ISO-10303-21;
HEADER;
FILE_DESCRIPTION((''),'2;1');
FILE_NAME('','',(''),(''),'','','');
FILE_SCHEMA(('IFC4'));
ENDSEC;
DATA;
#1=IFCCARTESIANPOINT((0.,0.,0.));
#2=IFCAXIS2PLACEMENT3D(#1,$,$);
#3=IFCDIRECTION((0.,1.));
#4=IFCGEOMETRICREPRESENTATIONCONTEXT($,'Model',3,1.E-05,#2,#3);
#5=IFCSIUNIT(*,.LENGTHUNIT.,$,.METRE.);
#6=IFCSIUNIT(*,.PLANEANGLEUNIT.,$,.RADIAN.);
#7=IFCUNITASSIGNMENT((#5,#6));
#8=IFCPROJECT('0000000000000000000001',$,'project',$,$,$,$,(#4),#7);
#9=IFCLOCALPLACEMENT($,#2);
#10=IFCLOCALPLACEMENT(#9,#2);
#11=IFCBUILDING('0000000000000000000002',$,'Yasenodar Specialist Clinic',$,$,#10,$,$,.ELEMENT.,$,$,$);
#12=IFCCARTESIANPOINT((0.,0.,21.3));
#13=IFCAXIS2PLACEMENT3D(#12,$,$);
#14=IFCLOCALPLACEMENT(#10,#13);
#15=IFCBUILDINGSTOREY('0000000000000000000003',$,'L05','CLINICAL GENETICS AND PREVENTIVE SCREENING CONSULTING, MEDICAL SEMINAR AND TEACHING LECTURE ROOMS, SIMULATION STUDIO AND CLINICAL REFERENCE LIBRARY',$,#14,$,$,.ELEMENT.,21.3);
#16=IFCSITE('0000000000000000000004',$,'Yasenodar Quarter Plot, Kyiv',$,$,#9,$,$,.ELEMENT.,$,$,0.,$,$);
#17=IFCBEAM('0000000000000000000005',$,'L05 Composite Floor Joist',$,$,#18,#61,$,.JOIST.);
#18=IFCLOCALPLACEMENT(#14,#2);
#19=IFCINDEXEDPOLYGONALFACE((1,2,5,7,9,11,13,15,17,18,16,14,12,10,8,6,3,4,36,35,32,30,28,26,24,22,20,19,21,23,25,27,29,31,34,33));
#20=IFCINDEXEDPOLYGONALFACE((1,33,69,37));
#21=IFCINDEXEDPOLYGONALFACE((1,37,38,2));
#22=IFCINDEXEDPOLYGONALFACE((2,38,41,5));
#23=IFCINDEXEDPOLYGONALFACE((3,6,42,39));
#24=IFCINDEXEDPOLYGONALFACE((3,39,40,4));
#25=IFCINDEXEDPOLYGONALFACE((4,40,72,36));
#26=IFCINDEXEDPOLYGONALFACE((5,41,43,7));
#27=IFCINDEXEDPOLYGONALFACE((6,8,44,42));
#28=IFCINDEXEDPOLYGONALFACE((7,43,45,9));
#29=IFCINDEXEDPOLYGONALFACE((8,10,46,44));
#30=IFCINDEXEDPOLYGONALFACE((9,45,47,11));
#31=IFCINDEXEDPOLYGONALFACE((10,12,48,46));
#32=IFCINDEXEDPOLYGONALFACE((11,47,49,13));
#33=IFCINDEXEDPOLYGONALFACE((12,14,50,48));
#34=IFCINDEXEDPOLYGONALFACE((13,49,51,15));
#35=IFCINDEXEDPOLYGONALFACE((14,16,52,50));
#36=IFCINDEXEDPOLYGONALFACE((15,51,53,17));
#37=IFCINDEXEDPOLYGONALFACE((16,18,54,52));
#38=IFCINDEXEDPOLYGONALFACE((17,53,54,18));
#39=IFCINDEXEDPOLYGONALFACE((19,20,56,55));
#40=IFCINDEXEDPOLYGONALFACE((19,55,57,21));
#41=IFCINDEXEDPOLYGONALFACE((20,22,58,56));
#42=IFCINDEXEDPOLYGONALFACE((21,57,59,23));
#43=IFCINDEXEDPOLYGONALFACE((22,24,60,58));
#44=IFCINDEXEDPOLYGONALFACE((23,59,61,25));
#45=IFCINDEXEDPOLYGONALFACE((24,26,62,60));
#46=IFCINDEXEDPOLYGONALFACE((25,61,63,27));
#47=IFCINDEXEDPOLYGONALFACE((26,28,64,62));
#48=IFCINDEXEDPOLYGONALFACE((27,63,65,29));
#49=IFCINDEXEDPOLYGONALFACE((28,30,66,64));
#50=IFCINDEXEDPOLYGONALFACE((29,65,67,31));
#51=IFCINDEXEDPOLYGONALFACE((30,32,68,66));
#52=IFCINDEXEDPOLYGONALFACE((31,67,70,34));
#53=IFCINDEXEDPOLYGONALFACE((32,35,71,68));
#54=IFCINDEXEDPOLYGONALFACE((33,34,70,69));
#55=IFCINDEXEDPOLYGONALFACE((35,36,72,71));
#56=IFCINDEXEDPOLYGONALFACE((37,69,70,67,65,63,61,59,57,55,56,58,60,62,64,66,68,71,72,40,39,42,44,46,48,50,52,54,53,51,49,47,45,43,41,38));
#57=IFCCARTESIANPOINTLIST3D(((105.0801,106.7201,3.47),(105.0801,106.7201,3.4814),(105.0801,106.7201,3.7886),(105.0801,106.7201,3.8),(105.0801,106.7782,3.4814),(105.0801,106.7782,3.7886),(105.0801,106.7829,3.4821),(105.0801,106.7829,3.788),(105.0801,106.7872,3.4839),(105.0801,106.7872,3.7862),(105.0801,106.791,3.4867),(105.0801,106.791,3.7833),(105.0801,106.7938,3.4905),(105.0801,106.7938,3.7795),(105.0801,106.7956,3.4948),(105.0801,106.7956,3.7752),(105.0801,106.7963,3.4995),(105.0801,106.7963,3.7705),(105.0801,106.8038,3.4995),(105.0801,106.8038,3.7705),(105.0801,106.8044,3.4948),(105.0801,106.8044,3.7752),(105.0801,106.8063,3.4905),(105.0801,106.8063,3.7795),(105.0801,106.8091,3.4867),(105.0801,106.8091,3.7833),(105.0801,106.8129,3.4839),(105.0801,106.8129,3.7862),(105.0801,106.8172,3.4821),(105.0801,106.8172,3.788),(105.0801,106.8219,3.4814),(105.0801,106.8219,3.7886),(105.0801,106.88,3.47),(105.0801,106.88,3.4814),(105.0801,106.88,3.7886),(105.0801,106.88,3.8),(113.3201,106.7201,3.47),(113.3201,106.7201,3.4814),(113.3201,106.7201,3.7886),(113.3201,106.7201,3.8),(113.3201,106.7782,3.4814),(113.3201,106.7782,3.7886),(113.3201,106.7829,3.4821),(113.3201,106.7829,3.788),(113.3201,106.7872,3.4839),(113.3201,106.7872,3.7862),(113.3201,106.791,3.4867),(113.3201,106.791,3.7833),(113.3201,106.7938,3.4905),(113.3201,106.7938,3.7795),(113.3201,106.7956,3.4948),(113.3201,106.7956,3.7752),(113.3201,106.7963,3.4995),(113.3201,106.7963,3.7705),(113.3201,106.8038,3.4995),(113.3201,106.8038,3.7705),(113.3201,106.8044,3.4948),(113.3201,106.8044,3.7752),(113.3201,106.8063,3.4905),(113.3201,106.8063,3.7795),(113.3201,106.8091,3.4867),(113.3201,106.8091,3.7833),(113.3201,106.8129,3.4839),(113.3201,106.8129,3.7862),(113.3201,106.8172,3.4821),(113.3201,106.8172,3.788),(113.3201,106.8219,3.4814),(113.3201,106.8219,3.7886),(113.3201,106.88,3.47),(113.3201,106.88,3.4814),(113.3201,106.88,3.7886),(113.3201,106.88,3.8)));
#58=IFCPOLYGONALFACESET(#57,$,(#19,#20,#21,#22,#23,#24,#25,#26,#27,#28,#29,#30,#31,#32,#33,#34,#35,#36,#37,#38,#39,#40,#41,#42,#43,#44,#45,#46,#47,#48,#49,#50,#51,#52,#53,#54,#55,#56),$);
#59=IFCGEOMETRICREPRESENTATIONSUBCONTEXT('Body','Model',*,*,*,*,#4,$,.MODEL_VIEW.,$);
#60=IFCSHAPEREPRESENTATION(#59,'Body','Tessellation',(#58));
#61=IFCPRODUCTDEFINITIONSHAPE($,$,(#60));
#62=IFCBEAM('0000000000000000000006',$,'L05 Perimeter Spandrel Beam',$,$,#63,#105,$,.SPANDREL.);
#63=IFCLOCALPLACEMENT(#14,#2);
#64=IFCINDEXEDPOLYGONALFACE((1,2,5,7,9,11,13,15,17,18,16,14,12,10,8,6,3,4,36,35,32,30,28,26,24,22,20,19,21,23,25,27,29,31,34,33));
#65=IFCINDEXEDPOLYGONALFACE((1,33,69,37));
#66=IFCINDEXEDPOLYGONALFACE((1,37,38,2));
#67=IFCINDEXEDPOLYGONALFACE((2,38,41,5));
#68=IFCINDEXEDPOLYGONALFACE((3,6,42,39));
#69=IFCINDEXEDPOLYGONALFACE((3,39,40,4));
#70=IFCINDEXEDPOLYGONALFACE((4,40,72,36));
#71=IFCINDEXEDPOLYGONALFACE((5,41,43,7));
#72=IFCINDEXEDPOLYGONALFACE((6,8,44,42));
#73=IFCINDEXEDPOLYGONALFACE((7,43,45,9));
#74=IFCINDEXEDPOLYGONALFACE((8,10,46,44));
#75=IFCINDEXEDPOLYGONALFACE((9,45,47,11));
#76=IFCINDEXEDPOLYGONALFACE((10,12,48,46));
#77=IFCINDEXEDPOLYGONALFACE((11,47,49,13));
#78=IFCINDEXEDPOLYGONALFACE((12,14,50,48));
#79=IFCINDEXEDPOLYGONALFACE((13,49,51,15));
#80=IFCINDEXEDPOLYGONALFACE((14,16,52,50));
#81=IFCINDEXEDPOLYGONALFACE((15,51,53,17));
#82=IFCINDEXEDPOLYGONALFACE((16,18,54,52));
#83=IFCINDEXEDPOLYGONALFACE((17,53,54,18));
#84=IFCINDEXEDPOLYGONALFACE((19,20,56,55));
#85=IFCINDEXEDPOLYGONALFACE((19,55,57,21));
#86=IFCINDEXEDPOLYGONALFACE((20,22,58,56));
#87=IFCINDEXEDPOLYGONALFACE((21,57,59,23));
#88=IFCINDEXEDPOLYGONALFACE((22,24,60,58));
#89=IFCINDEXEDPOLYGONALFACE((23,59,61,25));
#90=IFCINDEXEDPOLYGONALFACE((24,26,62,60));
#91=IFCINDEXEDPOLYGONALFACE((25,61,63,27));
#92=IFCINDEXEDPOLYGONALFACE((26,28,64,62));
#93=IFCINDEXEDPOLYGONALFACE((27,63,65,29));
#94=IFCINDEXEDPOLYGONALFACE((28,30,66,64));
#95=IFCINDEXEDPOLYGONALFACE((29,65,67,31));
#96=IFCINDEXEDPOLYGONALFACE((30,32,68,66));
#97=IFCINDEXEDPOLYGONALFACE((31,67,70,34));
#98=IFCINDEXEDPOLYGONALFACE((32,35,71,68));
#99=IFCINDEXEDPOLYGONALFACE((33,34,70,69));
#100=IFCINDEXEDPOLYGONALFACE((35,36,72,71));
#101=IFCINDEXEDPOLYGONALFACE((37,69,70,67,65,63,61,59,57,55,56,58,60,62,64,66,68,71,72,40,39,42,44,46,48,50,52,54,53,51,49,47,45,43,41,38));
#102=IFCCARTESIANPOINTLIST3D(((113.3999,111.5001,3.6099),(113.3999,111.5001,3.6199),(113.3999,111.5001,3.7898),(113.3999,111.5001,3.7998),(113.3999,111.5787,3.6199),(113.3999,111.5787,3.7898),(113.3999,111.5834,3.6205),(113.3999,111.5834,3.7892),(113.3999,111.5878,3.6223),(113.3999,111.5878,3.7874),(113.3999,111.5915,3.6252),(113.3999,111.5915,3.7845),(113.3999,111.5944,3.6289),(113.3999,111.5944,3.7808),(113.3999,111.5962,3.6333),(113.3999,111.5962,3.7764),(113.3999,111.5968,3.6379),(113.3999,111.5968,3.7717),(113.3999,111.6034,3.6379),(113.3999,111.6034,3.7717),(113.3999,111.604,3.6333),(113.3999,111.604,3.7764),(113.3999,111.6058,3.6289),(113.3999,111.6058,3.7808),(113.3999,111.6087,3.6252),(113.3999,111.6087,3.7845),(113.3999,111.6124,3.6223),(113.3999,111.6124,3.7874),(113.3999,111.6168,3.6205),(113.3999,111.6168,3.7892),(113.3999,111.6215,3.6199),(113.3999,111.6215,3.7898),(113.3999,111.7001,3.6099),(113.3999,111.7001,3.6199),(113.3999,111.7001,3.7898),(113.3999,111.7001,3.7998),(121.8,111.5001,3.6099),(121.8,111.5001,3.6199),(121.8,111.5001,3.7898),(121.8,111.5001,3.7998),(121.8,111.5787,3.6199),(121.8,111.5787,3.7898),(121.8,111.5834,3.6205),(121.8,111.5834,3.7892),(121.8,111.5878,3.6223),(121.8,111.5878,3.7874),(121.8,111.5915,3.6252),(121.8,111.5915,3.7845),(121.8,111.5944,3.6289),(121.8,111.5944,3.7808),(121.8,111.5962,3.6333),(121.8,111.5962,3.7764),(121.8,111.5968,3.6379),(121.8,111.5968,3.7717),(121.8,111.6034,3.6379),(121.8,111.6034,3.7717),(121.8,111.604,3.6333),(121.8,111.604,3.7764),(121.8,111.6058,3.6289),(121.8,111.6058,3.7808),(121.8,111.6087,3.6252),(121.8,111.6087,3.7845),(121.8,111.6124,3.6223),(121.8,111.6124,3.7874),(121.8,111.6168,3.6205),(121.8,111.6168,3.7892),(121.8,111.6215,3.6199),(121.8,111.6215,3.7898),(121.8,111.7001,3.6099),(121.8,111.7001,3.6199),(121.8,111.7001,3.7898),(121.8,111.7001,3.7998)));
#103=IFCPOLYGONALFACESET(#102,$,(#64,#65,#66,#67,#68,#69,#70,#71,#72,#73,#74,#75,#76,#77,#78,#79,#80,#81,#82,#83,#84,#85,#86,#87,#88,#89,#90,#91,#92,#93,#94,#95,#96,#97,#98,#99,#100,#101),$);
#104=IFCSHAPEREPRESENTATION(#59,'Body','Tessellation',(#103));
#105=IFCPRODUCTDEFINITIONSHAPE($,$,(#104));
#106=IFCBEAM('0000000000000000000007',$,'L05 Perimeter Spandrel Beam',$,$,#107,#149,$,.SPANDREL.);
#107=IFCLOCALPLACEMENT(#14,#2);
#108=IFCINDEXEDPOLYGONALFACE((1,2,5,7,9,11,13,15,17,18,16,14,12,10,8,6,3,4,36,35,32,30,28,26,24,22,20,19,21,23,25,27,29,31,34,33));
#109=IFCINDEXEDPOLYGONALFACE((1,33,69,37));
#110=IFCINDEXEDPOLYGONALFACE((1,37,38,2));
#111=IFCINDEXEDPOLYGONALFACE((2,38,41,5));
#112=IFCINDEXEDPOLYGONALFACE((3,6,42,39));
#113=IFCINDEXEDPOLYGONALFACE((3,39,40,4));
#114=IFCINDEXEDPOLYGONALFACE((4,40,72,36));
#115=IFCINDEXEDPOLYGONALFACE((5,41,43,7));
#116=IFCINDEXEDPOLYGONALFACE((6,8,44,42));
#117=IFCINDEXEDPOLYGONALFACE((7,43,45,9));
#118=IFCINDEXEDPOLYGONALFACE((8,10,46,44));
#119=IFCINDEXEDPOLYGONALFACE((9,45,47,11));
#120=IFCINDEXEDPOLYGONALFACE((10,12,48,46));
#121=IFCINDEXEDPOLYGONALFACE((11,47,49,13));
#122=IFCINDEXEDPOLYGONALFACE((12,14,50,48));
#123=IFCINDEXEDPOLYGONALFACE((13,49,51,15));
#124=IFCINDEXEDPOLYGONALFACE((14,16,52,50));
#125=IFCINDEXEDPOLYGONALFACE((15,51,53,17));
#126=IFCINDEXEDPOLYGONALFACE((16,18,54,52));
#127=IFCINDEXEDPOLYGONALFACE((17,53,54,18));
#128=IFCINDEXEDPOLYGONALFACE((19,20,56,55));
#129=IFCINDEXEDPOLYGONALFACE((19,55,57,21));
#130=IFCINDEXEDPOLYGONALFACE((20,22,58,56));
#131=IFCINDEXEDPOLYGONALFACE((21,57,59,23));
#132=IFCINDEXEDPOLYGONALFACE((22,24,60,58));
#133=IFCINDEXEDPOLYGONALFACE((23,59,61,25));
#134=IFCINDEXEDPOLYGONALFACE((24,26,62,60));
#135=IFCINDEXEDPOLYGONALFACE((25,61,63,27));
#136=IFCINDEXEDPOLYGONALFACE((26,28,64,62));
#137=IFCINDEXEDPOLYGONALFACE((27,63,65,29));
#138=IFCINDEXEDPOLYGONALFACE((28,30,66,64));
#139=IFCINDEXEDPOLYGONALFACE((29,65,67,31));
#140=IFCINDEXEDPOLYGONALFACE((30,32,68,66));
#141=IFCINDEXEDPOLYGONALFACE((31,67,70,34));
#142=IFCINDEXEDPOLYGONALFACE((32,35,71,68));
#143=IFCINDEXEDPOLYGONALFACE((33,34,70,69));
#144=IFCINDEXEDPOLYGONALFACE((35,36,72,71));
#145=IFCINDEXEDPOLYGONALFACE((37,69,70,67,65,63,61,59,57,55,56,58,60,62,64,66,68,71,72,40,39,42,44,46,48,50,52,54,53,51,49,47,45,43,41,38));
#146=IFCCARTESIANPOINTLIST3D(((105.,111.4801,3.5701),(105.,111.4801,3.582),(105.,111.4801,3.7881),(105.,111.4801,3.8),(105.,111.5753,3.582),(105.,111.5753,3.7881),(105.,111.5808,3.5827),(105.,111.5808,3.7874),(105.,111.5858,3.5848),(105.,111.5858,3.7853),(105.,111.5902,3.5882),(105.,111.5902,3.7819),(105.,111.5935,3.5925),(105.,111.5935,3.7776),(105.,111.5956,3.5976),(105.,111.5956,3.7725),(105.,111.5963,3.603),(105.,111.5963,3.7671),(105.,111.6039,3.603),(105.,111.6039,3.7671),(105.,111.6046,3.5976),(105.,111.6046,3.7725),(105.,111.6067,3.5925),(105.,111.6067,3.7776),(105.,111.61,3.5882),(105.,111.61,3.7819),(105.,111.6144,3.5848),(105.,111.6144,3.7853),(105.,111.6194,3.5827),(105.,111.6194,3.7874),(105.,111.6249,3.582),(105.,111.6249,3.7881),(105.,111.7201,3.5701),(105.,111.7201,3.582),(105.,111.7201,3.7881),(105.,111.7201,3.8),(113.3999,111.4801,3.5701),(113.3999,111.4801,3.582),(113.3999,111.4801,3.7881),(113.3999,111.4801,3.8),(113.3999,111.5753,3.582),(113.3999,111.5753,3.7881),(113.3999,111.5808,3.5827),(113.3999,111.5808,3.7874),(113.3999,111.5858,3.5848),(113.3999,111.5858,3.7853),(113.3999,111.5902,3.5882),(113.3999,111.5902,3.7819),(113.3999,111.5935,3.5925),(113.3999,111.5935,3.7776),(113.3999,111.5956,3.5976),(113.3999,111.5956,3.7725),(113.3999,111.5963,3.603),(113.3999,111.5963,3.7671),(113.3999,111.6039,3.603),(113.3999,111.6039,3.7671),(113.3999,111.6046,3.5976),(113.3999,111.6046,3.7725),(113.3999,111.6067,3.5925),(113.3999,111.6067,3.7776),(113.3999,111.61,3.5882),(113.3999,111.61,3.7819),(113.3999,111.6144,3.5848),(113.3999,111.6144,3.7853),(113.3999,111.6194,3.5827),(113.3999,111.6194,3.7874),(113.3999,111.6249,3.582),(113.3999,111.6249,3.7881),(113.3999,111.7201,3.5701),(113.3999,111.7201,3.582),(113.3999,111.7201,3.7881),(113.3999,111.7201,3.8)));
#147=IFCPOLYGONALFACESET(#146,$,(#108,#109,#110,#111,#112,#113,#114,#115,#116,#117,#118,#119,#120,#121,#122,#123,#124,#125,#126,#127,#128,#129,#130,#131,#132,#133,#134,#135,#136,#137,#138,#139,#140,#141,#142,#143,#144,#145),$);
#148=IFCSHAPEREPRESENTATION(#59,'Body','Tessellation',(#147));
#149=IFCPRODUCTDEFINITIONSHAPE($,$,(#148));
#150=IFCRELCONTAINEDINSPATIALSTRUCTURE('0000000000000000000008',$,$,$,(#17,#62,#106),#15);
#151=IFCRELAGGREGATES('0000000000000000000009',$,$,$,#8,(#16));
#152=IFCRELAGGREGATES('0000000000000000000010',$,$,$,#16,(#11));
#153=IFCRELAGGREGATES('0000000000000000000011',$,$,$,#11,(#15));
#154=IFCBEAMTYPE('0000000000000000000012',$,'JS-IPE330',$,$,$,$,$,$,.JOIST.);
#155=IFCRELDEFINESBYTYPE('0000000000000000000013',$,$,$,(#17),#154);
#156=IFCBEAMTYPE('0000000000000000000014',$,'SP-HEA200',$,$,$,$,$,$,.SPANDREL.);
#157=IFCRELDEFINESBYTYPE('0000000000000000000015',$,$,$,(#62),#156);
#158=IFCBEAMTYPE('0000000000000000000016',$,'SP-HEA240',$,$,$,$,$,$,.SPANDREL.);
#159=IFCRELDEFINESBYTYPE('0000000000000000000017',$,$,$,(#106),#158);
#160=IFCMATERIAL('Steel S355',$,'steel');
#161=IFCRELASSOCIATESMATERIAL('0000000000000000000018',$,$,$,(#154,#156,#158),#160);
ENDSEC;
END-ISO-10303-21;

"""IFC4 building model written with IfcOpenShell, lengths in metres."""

from ifc_helpers import new_model, si_unit, direction, frame, origin, origin_2d, place, context, subcontext, project, spatial, i_section, extrude, material, material_profile, profile_set, type_object, element, save


model = new_model("IFC4")

# Units and contexts
model_context = context("Model", 3, precision=1e-05, world=origin(), true_north=direction((0.0, 1.0)))
body_context = subcontext(model_context, "Body", "Model", "MODEL_VIEW")
ifc_project = project(units=[si_unit("LENGTHUNIT", "METRE"), si_unit("PLANEANGLEUNIT", "RADIAN")], contexts=[model_context])

# Site, building, storey
site_placement = place(None, origin())
site = spatial("IfcSite", under=ifc_project, at=site_placement, Name="Yasenodar Quarter Plot, Kyiv", CompositionType="ELEMENT", RefElevation=0.0)
building_placement = place(site_placement, origin())
building = spatial("IfcBuilding", under=site, at=building_placement, Name="Yasenodar Specialist Clinic", CompositionType="ELEMENT")
storey_placement = place(building_placement, frame((0.0, 0.0, 21.3)))
storey = spatial("IfcBuildingStorey", under=building, at=storey_placement, Name="L05", Description="CLINICAL GENETICS AND PREVENTIVE SCREENING CONSULTING, MEDICAL SEMINAR AND TEACHING LECTURE ROOMS, SIMULATION STUDIO AND CLINICAL REFERENCE LIBRARY", CompositionType="ELEMENT", Elevation=21.3)

# Shared definitions
ifc_material_1 = material(Name="Steel S355", Category="steel")

# Beams
ifc_material_profile_1 = material_profile(ifc_material_1, i_section(OverallWidth=0.1599, OverallDepth=0.3301, WebThickness=0.0076, FlangeThickness=0.0115, FilletRadius=0.0181, at=origin_2d()), Name="IPE 330")
ifc_profile_set_1 = profile_set([ifc_material_profile_1], Name="Steel S355")
beam_type_1 = type_object("IfcBeamType", Name="JS-IPE330", PredefinedType="JOIST", material=ifc_profile_set_1)
beam_1_placement = place(storey_placement, frame((105.0801, 106.8, 3.635), z_axis=(1.0, 0.0, 0.0), x_axis=(0.0, 1.0, 0.0)))
element("IfcBeam", 1, at=beam_1_placement, inside=storey, type_object=beam_type_1, Name="L05 Composite Floor Joist", PredefinedType="JOIST", context=body_context, shape_type="SweptSolid", body=[
    extrude(i_section(OverallWidth=0.1599, OverallDepth=0.3301, WebThickness=0.0076, FlangeThickness=0.0115, FilletRadius=0.0181, at=origin_2d()), origin(), (0.0, 0.0, 1.0), 8.24),
])
ifc_material_profile_2 = material_profile(ifc_material_1, i_section(OverallWidth=0.2, OverallDepth=0.1899, WebThickness=0.0066, FlangeThickness=0.01, FilletRadius=0.0181, at=origin_2d()), Name="HEA 200")
ifc_profile_set_2 = profile_set([ifc_material_profile_2], Name="Steel S355")
beam_type_2 = type_object("IfcBeamType", Name="SP-HEA200", PredefinedType="SPANDREL", material=ifc_profile_set_2)
beam_2_placement = place(storey_placement, frame((113.3999, 111.6001, 3.7048), z_axis=(1.0, 0.0, 0.0), x_axis=(0.0, 1.0, 0.0)))
element("IfcBeam", 2, at=beam_2_placement, inside=storey, type_object=beam_type_2, Name="L05 Perimeter Spandrel Beam", PredefinedType="SPANDREL", context=body_context, shape_type="SweptSolid", body=[
    extrude(i_section(OverallWidth=0.2, OverallDepth=0.1899, WebThickness=0.0066, FlangeThickness=0.01, FilletRadius=0.0181, at=origin_2d()), origin(), (0.0, 0.0, 1.0), 8.4001),
])
ifc_material_profile_3 = material_profile(ifc_material_1, i_section(OverallWidth=0.24, OverallDepth=0.23, WebThickness=0.0076, FlangeThickness=0.012, FilletRadius=0.021, at=origin_2d()), Name="HEA 240")
ifc_profile_set_3 = profile_set([ifc_material_profile_3], Name="Steel S355")
beam_type_3 = type_object("IfcBeamType", Name="SP-HEA240", PredefinedType="SPANDREL", material=ifc_profile_set_3)
beam_3_placement = place(storey_placement, frame((105.0, 111.6001, 3.6851), z_axis=(1.0, 0.0, 0.0), x_axis=(0.0, 1.0, 0.0)))
element("IfcBeam", 3, at=beam_3_placement, inside=storey, type_object=beam_type_3, Name="L05 Perimeter Spandrel Beam", PredefinedType="SPANDREL", context=body_context, shape_type="SweptSolid", body=[
    extrude(i_section(OverallWidth=0.24, OverallDepth=0.23, WebThickness=0.0076, FlangeThickness=0.012, FilletRadius=0.021, at=origin_2d()), origin(), (0.0, 0.0, 1.0), 8.3999),
])

save(model, "model.ifc")
